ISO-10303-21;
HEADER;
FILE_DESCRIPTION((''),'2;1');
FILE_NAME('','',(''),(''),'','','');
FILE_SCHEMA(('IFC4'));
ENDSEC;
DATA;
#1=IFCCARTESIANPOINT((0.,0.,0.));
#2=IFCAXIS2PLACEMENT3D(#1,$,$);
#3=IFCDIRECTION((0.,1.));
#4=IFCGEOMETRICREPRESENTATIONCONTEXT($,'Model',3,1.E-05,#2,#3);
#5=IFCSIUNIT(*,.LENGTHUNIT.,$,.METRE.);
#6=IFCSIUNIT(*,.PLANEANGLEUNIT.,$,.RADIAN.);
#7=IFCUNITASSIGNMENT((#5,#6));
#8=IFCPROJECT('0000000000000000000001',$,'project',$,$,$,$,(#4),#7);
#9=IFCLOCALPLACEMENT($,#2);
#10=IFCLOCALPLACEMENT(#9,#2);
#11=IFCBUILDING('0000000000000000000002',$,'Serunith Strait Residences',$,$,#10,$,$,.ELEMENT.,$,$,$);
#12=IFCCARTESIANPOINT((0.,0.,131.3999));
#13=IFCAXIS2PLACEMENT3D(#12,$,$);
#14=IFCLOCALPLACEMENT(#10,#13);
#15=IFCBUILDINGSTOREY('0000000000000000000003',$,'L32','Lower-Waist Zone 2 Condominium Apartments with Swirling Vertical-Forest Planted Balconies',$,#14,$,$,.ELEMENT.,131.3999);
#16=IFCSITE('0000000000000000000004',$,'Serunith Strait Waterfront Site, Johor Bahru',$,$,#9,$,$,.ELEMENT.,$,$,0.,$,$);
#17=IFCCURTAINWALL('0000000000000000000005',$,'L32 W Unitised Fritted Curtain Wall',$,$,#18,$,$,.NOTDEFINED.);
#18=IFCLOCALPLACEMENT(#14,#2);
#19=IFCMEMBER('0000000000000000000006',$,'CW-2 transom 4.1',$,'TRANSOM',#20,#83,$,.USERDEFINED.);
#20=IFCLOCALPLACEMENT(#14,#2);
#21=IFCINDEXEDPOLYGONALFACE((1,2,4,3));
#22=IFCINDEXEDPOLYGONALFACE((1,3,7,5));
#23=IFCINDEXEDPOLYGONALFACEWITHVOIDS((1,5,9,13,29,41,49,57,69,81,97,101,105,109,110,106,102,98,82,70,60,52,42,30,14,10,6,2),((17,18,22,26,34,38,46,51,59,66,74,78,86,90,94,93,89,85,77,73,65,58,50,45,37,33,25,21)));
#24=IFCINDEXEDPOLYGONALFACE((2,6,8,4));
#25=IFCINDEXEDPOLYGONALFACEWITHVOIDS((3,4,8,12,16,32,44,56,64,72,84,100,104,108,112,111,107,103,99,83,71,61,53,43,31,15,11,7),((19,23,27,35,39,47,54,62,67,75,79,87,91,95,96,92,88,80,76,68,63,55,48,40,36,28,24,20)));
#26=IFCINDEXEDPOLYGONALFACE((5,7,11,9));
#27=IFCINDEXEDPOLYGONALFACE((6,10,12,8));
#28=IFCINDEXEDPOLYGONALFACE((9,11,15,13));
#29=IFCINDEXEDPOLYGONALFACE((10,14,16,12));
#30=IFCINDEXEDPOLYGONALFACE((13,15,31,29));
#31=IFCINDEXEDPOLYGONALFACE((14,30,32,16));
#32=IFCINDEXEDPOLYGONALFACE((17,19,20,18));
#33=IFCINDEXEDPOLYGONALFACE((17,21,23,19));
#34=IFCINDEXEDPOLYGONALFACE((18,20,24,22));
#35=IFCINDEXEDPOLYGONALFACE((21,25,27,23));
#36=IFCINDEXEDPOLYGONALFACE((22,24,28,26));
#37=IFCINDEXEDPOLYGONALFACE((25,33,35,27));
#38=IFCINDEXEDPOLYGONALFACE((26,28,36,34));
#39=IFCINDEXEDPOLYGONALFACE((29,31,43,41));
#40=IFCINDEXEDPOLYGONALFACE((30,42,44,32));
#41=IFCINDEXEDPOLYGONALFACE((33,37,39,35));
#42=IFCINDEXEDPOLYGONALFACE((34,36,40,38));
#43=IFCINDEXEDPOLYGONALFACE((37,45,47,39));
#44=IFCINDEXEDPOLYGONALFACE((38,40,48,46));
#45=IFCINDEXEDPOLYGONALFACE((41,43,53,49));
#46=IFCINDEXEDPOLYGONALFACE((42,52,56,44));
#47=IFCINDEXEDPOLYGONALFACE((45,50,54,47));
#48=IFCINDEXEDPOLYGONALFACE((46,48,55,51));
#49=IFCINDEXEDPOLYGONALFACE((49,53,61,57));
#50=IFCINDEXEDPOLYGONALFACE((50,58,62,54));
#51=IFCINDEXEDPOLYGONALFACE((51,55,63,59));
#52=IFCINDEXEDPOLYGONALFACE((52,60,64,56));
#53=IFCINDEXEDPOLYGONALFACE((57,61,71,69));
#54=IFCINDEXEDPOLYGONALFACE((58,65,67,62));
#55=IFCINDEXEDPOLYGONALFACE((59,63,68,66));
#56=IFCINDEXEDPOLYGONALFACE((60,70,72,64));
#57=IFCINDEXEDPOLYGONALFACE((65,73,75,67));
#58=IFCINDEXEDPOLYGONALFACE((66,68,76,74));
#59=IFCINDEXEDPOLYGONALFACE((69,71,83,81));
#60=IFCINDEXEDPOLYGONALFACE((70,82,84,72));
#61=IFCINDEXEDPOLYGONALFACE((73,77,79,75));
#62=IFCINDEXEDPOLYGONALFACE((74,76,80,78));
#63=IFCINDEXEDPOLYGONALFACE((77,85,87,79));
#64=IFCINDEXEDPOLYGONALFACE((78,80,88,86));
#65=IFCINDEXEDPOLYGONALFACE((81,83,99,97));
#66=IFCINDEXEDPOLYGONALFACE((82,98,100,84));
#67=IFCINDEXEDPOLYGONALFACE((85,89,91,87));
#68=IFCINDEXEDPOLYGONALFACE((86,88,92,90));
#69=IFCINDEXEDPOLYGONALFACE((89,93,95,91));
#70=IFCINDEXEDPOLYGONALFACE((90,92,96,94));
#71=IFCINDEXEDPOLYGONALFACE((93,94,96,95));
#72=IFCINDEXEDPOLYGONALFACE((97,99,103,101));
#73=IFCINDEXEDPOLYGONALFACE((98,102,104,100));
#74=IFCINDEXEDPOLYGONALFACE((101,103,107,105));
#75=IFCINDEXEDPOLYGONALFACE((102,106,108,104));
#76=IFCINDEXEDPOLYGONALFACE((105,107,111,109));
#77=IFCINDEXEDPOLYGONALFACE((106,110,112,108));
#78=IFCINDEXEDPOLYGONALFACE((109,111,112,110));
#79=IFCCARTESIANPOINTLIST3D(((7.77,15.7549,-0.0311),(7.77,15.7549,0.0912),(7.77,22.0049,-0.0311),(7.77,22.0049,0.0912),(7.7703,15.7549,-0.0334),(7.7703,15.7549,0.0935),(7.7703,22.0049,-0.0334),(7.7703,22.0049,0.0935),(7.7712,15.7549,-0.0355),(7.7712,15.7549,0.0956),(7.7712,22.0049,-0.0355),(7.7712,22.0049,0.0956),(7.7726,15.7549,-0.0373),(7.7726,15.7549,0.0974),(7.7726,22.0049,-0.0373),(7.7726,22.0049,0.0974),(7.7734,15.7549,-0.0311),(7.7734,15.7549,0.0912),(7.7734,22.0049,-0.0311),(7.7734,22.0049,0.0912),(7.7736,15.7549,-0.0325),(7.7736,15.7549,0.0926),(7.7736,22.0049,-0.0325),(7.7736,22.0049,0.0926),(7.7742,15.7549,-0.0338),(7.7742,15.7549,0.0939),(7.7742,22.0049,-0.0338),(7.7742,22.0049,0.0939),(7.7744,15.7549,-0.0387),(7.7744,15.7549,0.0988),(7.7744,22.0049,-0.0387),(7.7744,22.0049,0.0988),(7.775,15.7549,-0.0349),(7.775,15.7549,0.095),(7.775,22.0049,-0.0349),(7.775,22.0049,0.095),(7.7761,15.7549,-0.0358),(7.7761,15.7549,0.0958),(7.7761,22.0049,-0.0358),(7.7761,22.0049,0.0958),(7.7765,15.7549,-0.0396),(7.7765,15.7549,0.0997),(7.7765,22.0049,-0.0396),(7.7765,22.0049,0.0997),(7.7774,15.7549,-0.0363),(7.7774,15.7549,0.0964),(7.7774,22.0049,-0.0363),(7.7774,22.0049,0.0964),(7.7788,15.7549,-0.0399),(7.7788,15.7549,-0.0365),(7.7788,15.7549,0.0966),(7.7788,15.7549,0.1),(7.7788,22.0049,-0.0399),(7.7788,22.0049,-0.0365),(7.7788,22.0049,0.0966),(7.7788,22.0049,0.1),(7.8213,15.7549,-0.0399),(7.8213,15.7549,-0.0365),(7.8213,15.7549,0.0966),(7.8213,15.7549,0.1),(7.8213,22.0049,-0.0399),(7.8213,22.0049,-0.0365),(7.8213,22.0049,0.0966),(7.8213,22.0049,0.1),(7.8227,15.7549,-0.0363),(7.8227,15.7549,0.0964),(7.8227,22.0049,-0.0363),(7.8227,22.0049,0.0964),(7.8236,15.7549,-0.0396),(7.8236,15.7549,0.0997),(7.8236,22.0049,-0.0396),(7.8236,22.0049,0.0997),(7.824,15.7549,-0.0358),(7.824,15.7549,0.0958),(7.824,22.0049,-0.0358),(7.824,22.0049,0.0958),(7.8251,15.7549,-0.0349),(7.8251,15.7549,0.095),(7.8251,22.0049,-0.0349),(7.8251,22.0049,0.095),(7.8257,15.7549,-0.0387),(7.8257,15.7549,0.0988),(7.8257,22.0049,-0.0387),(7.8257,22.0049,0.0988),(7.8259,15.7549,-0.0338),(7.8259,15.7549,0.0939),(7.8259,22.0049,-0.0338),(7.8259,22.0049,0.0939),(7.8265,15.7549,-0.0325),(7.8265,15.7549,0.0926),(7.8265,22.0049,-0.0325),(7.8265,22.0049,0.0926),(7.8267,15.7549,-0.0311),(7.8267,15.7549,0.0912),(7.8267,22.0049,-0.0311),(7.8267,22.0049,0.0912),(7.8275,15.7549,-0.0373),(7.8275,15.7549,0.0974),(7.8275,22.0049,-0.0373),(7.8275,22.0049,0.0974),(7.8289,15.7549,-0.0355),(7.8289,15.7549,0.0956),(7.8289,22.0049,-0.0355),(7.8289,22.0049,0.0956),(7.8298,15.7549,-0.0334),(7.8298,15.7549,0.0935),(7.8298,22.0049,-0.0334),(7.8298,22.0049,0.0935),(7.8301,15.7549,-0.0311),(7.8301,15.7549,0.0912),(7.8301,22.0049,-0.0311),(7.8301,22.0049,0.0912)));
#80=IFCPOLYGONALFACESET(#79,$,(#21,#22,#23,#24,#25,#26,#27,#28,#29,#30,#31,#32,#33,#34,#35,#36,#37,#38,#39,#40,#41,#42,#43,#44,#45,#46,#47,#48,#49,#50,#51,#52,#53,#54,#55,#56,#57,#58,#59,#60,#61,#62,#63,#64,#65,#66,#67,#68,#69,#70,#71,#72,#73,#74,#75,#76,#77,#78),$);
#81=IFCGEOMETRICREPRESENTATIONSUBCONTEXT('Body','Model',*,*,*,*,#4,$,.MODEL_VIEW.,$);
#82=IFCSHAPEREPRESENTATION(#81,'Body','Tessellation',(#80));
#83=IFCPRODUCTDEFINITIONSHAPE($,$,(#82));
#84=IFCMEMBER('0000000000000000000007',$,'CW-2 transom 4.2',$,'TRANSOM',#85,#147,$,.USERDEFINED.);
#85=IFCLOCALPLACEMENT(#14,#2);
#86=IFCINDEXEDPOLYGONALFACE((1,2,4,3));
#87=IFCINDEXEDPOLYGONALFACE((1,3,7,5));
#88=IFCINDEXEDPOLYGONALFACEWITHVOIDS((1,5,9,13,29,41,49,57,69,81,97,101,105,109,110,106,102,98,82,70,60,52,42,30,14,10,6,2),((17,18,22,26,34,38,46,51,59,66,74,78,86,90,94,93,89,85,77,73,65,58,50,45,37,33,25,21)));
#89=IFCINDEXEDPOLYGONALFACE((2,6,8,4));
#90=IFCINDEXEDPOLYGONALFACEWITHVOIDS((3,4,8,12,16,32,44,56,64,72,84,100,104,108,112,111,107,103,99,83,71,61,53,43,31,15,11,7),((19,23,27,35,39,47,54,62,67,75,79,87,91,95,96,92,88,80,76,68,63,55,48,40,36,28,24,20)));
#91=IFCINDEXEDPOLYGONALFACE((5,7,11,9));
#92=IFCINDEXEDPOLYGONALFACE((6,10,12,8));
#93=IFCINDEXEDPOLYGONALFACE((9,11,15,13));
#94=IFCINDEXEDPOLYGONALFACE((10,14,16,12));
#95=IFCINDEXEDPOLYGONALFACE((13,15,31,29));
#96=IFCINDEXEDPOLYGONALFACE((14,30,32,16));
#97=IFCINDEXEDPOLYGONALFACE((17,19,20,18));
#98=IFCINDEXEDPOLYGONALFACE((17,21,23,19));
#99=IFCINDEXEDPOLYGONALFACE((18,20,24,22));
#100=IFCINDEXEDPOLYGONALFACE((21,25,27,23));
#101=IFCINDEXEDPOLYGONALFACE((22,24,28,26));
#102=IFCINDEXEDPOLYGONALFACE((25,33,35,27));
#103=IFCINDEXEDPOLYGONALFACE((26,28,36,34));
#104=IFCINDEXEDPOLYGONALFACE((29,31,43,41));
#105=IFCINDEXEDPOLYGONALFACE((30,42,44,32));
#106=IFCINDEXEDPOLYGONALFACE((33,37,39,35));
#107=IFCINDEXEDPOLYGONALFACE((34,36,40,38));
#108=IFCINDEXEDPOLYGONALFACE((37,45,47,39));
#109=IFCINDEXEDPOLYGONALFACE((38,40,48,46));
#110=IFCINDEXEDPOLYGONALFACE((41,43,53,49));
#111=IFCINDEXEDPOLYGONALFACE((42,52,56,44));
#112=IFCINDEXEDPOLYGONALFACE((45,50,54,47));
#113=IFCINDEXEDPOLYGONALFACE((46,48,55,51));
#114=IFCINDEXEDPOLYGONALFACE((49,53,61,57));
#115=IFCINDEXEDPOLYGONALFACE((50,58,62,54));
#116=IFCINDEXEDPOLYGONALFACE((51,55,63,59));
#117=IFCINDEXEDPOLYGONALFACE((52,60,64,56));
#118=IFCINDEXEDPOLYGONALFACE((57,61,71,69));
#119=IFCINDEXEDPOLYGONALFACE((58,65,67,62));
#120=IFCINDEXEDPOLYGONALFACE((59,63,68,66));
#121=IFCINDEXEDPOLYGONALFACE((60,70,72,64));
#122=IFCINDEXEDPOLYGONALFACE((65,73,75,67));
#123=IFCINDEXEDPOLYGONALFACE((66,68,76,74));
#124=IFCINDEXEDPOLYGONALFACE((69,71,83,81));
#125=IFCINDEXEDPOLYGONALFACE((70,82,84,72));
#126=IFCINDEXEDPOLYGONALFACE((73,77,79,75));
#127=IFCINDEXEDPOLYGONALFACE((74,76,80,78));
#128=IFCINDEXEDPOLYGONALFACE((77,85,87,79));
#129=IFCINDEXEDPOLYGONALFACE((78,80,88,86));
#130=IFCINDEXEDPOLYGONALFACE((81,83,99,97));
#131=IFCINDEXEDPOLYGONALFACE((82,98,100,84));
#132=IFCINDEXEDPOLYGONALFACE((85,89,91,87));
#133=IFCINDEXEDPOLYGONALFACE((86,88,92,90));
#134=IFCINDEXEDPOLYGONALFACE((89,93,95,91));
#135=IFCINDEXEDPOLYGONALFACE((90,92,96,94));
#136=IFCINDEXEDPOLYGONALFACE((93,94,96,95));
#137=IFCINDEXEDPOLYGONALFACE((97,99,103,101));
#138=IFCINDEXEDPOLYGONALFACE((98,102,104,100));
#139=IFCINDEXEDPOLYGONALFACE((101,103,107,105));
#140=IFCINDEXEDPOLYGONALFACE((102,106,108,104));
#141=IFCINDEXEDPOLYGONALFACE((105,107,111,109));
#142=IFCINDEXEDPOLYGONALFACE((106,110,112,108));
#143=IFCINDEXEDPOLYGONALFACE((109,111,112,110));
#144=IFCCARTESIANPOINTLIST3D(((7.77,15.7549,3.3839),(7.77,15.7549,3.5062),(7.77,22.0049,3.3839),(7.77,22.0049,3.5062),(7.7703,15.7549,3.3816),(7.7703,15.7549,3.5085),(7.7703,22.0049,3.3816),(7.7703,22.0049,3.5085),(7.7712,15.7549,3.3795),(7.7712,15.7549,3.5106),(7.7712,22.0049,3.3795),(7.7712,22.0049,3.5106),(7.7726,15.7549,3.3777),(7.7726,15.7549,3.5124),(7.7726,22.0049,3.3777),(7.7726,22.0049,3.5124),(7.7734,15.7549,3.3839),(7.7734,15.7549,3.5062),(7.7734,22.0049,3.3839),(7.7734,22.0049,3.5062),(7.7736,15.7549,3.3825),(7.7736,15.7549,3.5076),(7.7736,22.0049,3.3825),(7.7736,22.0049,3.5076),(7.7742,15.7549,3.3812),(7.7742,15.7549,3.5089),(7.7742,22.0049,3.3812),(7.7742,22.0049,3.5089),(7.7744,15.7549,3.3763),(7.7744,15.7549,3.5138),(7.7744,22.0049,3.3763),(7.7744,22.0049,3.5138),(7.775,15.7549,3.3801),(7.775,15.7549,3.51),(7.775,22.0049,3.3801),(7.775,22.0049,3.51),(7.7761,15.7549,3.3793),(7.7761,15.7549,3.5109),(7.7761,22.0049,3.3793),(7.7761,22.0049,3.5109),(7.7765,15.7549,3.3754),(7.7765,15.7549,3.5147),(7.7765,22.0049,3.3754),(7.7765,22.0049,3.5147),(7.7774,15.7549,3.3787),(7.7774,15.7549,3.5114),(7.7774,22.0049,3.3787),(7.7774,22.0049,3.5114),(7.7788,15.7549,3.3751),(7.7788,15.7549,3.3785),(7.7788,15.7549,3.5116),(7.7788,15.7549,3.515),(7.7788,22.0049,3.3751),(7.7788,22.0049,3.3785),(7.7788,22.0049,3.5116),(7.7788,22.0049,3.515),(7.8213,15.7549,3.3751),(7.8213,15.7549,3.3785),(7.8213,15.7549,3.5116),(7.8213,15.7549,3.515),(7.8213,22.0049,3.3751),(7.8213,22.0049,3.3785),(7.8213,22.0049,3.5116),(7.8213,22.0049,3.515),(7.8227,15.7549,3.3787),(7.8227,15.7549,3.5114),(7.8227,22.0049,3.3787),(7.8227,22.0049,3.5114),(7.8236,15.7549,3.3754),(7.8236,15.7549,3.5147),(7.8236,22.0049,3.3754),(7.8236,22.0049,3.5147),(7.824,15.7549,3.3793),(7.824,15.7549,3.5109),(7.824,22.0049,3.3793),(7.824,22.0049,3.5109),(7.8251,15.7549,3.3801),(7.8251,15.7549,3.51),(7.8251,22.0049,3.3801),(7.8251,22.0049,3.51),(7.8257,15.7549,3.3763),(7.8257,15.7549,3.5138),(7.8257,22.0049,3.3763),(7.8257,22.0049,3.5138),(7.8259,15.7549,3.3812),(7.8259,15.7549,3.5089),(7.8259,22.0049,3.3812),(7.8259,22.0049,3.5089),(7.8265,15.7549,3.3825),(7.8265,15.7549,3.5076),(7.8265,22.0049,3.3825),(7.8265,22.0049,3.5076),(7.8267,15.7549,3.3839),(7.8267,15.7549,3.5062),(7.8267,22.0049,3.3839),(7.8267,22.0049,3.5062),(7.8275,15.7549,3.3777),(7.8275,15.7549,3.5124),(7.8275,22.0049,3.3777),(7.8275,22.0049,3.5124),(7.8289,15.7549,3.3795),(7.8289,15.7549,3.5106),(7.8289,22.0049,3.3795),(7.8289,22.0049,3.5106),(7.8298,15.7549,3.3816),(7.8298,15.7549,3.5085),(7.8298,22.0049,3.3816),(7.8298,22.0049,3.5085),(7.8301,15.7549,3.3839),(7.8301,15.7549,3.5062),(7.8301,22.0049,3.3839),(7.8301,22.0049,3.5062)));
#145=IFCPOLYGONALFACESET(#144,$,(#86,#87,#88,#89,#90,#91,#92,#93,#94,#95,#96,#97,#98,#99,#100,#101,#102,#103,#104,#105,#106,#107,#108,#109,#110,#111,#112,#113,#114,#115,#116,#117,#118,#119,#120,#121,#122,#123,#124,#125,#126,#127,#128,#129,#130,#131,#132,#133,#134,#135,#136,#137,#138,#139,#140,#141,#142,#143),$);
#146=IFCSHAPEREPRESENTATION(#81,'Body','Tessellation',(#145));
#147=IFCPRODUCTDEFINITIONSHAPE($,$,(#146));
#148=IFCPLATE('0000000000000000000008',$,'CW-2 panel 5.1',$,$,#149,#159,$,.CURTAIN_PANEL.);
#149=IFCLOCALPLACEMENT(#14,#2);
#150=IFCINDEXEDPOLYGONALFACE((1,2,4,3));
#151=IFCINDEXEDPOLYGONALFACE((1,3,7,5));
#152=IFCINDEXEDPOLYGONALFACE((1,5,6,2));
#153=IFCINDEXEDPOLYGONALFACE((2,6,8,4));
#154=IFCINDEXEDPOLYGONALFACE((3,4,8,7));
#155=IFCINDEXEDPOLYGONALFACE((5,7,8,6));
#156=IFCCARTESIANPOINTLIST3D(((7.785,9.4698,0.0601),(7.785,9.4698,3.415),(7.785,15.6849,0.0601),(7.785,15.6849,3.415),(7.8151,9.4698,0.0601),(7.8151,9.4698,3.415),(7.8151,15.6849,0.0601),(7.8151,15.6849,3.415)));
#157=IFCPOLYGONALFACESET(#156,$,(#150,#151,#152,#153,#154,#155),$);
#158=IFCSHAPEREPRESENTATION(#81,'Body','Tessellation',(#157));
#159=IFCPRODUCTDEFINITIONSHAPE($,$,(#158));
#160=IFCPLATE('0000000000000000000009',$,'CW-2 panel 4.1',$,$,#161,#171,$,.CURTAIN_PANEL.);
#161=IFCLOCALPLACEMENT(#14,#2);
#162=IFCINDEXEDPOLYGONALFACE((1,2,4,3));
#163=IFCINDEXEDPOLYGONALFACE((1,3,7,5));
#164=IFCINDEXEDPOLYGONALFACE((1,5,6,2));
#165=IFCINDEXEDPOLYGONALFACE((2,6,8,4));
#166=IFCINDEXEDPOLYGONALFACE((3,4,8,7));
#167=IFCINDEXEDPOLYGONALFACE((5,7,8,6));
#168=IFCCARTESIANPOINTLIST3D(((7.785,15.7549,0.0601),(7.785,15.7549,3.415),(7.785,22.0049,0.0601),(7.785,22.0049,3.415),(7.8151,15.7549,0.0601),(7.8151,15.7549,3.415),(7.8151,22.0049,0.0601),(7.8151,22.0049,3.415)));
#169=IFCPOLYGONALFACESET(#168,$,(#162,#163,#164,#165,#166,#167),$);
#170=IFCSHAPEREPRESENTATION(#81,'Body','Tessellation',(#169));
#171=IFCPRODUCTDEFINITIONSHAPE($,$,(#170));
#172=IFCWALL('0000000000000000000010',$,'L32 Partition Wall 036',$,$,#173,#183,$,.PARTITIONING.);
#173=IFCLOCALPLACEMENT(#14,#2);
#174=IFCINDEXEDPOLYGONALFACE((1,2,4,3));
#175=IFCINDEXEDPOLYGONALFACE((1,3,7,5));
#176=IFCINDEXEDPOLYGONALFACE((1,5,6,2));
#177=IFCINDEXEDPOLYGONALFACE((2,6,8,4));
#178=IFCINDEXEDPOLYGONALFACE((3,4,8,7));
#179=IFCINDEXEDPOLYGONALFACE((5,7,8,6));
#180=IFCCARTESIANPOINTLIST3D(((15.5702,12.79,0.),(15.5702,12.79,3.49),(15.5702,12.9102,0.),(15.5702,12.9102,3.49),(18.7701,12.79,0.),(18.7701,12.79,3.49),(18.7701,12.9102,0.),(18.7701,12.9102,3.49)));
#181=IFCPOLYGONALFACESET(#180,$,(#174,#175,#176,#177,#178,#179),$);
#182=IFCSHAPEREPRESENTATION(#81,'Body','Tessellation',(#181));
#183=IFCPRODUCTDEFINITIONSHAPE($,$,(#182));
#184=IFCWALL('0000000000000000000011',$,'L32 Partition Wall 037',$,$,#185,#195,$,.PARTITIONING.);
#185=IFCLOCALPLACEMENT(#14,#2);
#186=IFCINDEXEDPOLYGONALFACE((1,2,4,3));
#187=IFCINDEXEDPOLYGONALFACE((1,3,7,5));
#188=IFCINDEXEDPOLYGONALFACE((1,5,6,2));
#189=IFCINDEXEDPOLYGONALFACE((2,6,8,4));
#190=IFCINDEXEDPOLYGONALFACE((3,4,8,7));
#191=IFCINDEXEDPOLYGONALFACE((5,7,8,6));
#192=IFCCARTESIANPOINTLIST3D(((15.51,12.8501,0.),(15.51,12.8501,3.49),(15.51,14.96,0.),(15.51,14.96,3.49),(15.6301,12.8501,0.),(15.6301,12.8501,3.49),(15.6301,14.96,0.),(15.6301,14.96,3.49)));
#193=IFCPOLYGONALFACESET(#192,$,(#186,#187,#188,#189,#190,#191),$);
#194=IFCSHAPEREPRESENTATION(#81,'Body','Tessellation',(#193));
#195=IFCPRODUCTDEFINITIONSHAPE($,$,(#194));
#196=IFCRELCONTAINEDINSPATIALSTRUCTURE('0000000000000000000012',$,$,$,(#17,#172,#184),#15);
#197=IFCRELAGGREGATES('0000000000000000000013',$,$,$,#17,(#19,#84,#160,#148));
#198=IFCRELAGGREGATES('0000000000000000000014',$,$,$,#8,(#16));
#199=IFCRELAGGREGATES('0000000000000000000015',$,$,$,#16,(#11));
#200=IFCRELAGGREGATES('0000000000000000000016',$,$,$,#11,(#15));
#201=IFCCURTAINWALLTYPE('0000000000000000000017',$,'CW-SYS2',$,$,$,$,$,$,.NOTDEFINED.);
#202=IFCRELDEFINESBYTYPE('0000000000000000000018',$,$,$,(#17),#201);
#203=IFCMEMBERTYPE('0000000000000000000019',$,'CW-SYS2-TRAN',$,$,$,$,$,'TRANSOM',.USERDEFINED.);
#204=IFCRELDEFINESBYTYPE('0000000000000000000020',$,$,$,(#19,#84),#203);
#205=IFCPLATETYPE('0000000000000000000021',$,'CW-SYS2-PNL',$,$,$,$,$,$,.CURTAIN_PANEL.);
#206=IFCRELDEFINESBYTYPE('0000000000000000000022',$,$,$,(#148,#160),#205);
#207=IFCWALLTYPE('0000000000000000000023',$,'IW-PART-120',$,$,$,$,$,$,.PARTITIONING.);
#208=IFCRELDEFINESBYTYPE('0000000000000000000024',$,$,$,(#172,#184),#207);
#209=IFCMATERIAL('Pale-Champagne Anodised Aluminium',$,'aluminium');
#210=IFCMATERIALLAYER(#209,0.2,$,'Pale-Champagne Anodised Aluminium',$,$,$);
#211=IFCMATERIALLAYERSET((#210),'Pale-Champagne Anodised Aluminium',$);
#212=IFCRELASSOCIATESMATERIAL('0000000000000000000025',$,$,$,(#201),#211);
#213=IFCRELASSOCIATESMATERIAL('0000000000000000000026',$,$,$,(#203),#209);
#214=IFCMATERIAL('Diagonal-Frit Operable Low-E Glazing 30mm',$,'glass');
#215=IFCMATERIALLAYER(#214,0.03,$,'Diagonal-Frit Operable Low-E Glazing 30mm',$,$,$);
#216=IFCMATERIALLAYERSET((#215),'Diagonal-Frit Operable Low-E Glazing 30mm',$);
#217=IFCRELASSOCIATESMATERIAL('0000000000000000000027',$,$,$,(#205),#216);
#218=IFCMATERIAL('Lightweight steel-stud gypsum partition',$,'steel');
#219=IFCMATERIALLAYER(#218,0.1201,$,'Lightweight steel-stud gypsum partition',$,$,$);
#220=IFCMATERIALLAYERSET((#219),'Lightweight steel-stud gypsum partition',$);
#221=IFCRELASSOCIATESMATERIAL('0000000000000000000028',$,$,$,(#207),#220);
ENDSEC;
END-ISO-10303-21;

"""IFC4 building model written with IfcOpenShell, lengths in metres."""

from ifc_helpers import new_model, si_unit, direction, frame, frame_2d, origin, origin_2d, place, context, subcontext, project, spatial, rectangle, hollow_rectangle, extrude, source, transform, mapped, material, layer, layer_set, material_profile, profile_set, type_object, element, aggregate, save


model = new_model("IFC4")

# Units and contexts
model_context = context("Model", 3, precision=1e-05, world=origin(), true_north=direction((0.0, 1.0)))
body_context = subcontext(model_context, "Body", "Model", "MODEL_VIEW")
ifc_project = project(units=[si_unit("LENGTHUNIT", "METRE"), si_unit("PLANEANGLEUNIT", "RADIAN")], contexts=[model_context])

# Site, building, storey
site_placement = place(None, origin())
site = spatial("IfcSite", under=ifc_project, at=site_placement, Name="Serunith Strait Waterfront Site, Johor Bahru", CompositionType="ELEMENT", RefElevation=0.0)
building_placement = place(site_placement, origin())
building = spatial("IfcBuilding", under=site, at=building_placement, Name="Serunith Strait Residences", CompositionType="ELEMENT")
storey_placement = place(building_placement, frame((0.0, 0.0, 131.3999)))
storey = spatial("IfcBuildingStorey", under=building, at=storey_placement, Name="L32", Description="Lower-Waist Zone 2 Condominium Apartments with Swirling Vertical-Forest Planted Balconies", CompositionType="ELEMENT", Elevation=131.3999)

# Curtain wall, members, plates
ifc_material_1 = material(Name="Pale-Champagne Anodised Aluminium", Category="aluminium")
ifc_layer_1 = layer(ifc_material_1, 0.2, Name="Pale-Champagne Anodised Aluminium")
ifc_layer_set_1 = layer_set([ifc_layer_1], Name="Pale-Champagne Anodised Aluminium")
curtain_wall_type = type_object("IfcCurtainWallType", Name="CW-SYS2", PredefinedType="NOTDEFINED", material=ifc_layer_set_1)
curtain_wall_placement = place(storey_placement, origin())
curtain_wall = element("IfcCurtainWall", 1, at=curtain_wall_placement, inside=storey, type_object=curtain_wall_type, Name="L32 W Unitised Fritted Curtain Wall", PredefinedType="NOTDEFINED")
ifc_material_profile_1 = material_profile(ifc_material_1, hollow_rectangle(XDim=0.0601, YDim=0.1399, WallThickness=0.0034, InnerFilletRadius=0.0054, OuterFilletRadius=0.0088, at=origin_2d()), Name="ALU 140x60x3.5")
ifc_profile_set_1 = profile_set([ifc_material_profile_1], Name="Pale-Champagne Anodised Aluminium")
member_type_1 = type_object("IfcMemberType", Name="CW-SYS2-TRAN", ElementType="TRANSOM", PredefinedType="USERDEFINED", material=ifc_profile_set_1)
shared_shape_1 = source(origin(), body_context, "Body", "SweptSolid", [
    extrude(hollow_rectangle(XDim=0.0601, YDim=0.1399, WallThickness=0.0034, InnerFilletRadius=0.0054, OuterFilletRadius=0.0088, at=origin_2d()), origin(), (0.0, 0.0, 1.0), 6.25),
])
member_1_placement = place(storey_placement, frame((7.8, 22.0049, 0.03), z_axis=(0.0, -1.0, 0.0), x_axis=(1.0, 0.0, 0.0)))
member_1 = element("IfcMember", 2, at=member_1_placement, type_object=member_type_1, Name="CW-2 transom 4.1", ObjectType="TRANSOM", PredefinedType="USERDEFINED", context=body_context, shape_type="MappedRepresentation", body=[
    mapped(shared_shape_1, transform((0.0, 0.0, 0.0), scale=1.0)),
])
member_2_placement = place(storey_placement, frame((7.8, 22.0049, 3.4451), z_axis=(0.0, -1.0, 0.0), x_axis=(1.0, 0.0, 0.0)))
member_2 = element("IfcMember", 3, at=member_2_placement, type_object=member_type_1, Name="CW-2 transom 4.2", ObjectType="TRANSOM", PredefinedType="USERDEFINED", context=body_context, shape_type="MappedRepresentation", body=[
    mapped(shared_shape_1, transform((0.0, 0.0, 0.0), scale=1.0)),
])
ifc_material_2 = material(Name="Diagonal-Frit Operable Low-E Glazing 30mm", Category="glass")
ifc_layer_2 = layer(ifc_material_2, 0.03, Name="Diagonal-Frit Operable Low-E Glazing 30mm")
ifc_layer_set_2 = layer_set([ifc_layer_2], Name="Diagonal-Frit Operable Low-E Glazing 30mm")
plate_type = type_object("IfcPlateType", Name="CW-SYS2-PNL", PredefinedType="CURTAIN_PANEL", material=ifc_layer_set_2)
shared_shape_2 = source(origin(), body_context, "Body", "SweptSolid", [
    extrude(rectangle(XDim=6.2151, YDim=0.03, at=origin_2d()), origin(), (0.0, 0.0, 1.0), 3.355),
])
plate_1_placement = place(storey_placement, frame((7.8, 12.5774, 0.0601), z_axis=(0.0, 0.0, 1.0), x_axis=(0.0, -1.0, 0.0)))
plate_1 = element("IfcPlate", 4, at=plate_1_placement, type_object=plate_type, Name="CW-2 panel 5.1", PredefinedType="CURTAIN_PANEL", context=body_context, shape_type="MappedRepresentation", body=[
    mapped(shared_shape_2, transform((0.0, 0.0, 0.0), scale=1.0)),
])
shared_shape_3 = source(origin(), body_context, "Body", "SweptSolid", [
    extrude(rectangle(XDim=6.25, YDim=0.03, at=origin_2d()), origin(), (0.0, 0.0, 1.0), 3.355),
])
plate_2_placement = place(storey_placement, frame((7.8, 18.8799, 0.0601), z_axis=(0.0, 0.0, 1.0), x_axis=(0.0, -1.0, 0.0)))
plate_2 = element("IfcPlate", 5, at=plate_2_placement, type_object=plate_type, Name="CW-2 panel 4.1", PredefinedType="CURTAIN_PANEL", context=body_context, shape_type="MappedRepresentation", body=[
    mapped(shared_shape_3, transform((0.0, 0.0, 0.0), scale=1.0)),
])
aggregate(curtain_wall, [member_1, member_2, plate_2, plate_1])

# Walls
ifc_material_3 = material(Name="Lightweight steel-stud gypsum partition", Category="steel")
ifc_layer_3 = layer(ifc_material_3, 0.1201, Name="Lightweight steel-stud gypsum partition")
ifc_layer_set_3 = layer_set([ifc_layer_3], Name="Lightweight steel-stud gypsum partition")
wall_type_1 = type_object("IfcWallType", Name="IW-PART-120", PredefinedType="PARTITIONING", material=ifc_layer_set_3)
wall_1_placement = place(storey_placement, frame((15.5701, 12.8501, 0.0), z_axis=(0.0, 0.0, 1.0), x_axis=(1.0, 0.0, 0.0)))
element("IfcWall", 6, at=wall_1_placement, inside=storey, type_object=wall_type_1, Name="L32 Partition Wall 036", PredefinedType="PARTITIONING", context=body_context, shape_type="SweptSolid", body=[
    extrude(rectangle(XDim=3.2, YDim=0.1201, at=frame_2d((1.6001, 0.0))), origin(), (0.0, 0.0, 1.0), 3.49),
])
wall_2_placement = place(storey_placement, frame((15.5701, 12.8501, 0.0), z_axis=(0.0, 0.0, 1.0), x_axis=(0.0, 1.0, 0.0)))
element("IfcWall", 7, at=wall_2_placement, inside=storey, type_object=wall_type_1, Name="L32 Partition Wall 037", PredefinedType="PARTITIONING", context=body_context, shape_type="SweptSolid", body=[
    extrude(rectangle(XDim=2.1099, YDim=0.1201, at=frame_2d((1.0549, 0.0))), origin(), (0.0, 0.0, 1.0), 3.49),
])

save(model, "model.ifc")
